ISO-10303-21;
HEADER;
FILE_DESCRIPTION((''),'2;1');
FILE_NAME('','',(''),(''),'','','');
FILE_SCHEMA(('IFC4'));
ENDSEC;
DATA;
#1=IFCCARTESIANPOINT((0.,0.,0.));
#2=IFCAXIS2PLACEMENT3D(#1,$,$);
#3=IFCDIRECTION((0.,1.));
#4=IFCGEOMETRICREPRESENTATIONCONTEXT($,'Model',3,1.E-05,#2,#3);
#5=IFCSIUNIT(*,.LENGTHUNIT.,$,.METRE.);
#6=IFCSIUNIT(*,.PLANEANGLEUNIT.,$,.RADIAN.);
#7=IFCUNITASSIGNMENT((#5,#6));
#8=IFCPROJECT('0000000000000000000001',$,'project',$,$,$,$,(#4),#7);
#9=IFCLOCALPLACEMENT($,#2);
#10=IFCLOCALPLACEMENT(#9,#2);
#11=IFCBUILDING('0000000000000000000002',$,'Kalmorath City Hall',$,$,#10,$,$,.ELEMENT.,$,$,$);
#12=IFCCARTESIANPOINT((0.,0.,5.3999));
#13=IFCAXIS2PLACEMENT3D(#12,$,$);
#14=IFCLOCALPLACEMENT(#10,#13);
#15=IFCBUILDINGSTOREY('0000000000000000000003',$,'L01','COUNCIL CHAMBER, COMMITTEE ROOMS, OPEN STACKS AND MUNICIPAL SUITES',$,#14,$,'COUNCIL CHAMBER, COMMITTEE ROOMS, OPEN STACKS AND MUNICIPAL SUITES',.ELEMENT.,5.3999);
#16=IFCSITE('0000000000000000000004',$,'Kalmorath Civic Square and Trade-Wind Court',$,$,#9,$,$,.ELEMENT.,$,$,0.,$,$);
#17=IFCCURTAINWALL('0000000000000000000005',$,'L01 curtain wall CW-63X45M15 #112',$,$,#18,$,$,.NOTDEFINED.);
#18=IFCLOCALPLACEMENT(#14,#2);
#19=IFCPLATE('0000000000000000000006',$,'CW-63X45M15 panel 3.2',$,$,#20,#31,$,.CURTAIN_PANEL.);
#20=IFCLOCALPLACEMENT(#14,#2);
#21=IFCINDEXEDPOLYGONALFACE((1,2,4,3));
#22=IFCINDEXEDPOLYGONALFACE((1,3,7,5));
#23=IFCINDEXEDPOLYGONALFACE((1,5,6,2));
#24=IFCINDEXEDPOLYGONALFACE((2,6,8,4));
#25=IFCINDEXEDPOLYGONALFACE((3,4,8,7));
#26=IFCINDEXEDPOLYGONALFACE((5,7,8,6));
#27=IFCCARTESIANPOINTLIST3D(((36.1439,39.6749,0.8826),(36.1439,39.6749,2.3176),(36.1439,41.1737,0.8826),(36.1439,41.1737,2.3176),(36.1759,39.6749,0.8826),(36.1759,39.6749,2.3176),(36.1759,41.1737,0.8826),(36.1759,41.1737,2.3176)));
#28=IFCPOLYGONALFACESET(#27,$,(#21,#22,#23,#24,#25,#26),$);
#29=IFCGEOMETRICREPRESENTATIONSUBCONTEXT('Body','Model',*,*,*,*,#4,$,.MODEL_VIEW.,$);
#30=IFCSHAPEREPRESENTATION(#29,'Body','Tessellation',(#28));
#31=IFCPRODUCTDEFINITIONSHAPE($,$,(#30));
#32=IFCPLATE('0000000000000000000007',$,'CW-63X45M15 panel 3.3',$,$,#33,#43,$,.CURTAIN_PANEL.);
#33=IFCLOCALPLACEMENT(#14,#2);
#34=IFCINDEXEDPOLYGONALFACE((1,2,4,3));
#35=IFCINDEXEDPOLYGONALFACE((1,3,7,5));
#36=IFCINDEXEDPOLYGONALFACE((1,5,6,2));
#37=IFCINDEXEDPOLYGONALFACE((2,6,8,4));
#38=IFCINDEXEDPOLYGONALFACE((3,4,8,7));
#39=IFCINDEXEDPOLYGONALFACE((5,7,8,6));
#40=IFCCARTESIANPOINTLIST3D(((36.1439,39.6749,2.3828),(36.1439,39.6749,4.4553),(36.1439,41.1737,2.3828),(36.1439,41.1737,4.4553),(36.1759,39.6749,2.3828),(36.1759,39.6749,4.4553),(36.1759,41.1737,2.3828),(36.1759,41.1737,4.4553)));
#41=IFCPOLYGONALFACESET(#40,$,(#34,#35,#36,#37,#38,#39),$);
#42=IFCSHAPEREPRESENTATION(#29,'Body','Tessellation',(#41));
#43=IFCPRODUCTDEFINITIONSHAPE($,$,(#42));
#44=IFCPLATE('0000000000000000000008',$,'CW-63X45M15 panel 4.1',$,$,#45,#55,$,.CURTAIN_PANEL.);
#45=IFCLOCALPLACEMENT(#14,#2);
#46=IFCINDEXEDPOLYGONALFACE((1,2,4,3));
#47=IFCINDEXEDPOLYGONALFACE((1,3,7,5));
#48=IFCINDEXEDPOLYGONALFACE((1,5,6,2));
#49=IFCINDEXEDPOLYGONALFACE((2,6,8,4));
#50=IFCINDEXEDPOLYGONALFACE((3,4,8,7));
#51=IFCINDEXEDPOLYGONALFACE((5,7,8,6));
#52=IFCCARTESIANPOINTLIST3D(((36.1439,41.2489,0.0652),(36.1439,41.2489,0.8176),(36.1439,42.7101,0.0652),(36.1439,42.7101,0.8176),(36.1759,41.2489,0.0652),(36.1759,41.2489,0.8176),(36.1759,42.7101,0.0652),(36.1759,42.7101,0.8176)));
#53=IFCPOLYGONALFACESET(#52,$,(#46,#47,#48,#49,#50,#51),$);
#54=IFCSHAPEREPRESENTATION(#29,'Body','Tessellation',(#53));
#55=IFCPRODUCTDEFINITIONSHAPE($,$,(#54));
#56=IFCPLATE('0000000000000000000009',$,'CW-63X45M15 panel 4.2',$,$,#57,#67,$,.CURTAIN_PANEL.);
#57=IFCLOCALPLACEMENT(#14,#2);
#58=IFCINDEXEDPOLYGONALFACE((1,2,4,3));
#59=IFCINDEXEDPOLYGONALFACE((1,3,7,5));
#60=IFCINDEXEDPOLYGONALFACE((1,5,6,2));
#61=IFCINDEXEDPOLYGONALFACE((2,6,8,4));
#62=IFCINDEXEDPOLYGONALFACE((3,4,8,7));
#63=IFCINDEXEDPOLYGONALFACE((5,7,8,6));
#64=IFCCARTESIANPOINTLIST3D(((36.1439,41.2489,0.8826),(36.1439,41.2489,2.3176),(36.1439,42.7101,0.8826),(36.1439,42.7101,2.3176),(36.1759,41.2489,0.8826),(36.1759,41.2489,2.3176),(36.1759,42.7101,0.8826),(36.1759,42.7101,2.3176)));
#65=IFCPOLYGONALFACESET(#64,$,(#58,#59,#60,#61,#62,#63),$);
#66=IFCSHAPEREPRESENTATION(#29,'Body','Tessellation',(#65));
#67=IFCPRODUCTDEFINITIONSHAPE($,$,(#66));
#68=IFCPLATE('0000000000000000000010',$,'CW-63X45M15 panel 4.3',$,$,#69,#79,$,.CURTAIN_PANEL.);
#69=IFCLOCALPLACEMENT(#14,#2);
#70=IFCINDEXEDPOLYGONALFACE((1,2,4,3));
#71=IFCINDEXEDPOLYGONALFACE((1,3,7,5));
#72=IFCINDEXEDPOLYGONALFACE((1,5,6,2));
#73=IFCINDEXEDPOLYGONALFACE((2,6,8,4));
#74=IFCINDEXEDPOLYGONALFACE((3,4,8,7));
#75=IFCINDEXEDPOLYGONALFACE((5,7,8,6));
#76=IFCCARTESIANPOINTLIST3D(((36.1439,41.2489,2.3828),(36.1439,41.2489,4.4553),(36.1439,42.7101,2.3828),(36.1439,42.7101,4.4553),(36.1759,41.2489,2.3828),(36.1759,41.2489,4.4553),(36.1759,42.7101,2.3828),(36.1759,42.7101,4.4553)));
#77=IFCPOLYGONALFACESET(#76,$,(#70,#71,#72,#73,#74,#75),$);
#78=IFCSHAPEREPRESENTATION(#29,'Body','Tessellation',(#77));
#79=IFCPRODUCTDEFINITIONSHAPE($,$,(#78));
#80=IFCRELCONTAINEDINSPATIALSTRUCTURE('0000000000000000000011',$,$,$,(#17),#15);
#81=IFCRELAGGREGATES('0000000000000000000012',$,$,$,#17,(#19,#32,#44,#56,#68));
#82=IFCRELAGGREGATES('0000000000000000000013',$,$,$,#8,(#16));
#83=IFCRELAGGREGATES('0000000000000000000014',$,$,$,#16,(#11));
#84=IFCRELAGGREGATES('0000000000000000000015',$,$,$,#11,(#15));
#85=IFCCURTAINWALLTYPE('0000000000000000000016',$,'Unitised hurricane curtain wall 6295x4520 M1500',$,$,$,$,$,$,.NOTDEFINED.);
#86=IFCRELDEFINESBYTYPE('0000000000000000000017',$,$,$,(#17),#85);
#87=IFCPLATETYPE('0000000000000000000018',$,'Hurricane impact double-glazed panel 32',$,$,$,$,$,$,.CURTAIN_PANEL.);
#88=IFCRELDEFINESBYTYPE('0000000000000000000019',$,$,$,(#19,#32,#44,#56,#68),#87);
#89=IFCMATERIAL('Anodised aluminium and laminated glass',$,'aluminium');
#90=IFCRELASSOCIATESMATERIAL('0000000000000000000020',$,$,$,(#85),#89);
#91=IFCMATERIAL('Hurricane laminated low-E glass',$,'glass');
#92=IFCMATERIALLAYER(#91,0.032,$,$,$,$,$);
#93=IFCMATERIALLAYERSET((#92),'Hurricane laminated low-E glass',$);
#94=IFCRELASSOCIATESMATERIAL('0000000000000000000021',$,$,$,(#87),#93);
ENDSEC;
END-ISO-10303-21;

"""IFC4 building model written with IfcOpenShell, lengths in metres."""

from ifc_helpers import new_model, si_unit, direction, frame, origin, origin_2d, place, context, subcontext, project, spatial, rectangle, extrude, material, layer, layer_set, type_object, element, aggregate, save


model = new_model("IFC4")

# Units and contexts
model_context = context("Model", 3, precision=1e-05, world=origin(), true_north=direction((0.0, 1.0)))
body_context = subcontext(model_context, "Body", "Model", "MODEL_VIEW")
ifc_project = project(units=[si_unit("LENGTHUNIT", "METRE"), si_unit("PLANEANGLEUNIT", "RADIAN")], contexts=[model_context])

# Site, building, storey
site_placement = place(None, origin())
site = spatial("IfcSite", under=ifc_project, at=site_placement, Name="Kalmorath Civic Square and Trade-Wind Court", CompositionType="ELEMENT", RefElevation=0.0)
building_placement = place(site_placement, origin())
building = spatial("IfcBuilding", under=site, at=building_placement, Name="Kalmorath City Hall", CompositionType="ELEMENT")
storey_placement = place(building_placement, frame((0.0, 0.0, 5.3999)))
storey = spatial("IfcBuildingStorey", under=building, at=storey_placement, Name="L01", Description="COUNCIL CHAMBER, COMMITTEE ROOMS, OPEN STACKS AND MUNICIPAL SUITES", LongName="COUNCIL CHAMBER, COMMITTEE ROOMS, OPEN STACKS AND MUNICIPAL SUITES", CompositionType="ELEMENT", Elevation=5.3999)

# Curtain wall
ifc_material_1 = material(Name="Anodised aluminium and laminated glass", Category="aluminium")
curtain_wall_type_1 = type_object("IfcCurtainWallType", Name="Unitised hurricane curtain wall 6295x4520 M1500", PredefinedType="NOTDEFINED", material=ifc_material_1)
curtain_wall_1_placement = place(storey_placement, origin())
curtain_wall_1 = element("IfcCurtainWall", 1, at=curtain_wall_1_placement, inside=storey, type_object=curtain_wall_type_1, Name="L01 curtain wall CW-63X45M15 #112", PredefinedType="NOTDEFINED")

# Plates
ifc_material_2 = material(Name="Hurricane laminated low-E glass", Category="glass")
ifc_layer = layer(ifc_material_2, 0.032)
ifc_layer_set = layer_set([ifc_layer], Name="Hurricane laminated low-E glass")
plate_type = type_object("IfcPlateType", Name="Hurricane impact double-glazed panel 32", PredefinedType="CURTAIN_PANEL", material=ifc_layer_set)
plate_1_placement = place(storey_placement, frame((36.1599, 40.4243, 0.8826), z_axis=(0.0, 0.0, 1.0), x_axis=(0.0, 1.0, 0.0)))
plate_1 = element("IfcPlate", 2, at=plate_1_placement, type_object=plate_type, Name="CW-63X45M15 panel 3.2", PredefinedType="CURTAIN_PANEL", context=body_context, shape_type="SweptSolid", body=[
    extrude(rectangle(XDim=1.4988, YDim=0.032, at=origin_2d()), origin(), (0.0, 0.0, 1.0), 1.4351),
])
plate_2_placement = place(storey_placement, frame((36.1599, 40.4243, 2.3828), z_axis=(0.0, 0.0, 1.0), x_axis=(0.0, 1.0, 0.0)))
plate_2 = element("IfcPlate", 3, at=plate_2_placement, type_object=plate_type, Name="CW-63X45M15 panel 3.3", PredefinedType="CURTAIN_PANEL", context=body_context, shape_type="SweptSolid", body=[
    extrude(rectangle(XDim=1.4988, YDim=0.032, at=origin_2d()), origin(), (0.0, 0.0, 1.0), 2.0725),
])
plate_3_placement = place(storey_placement, frame((36.1599, 41.9795, 0.0652), z_axis=(0.0, 0.0, 1.0), x_axis=(0.0, 1.0, 0.0)))
plate_3 = element("IfcPlate", 4, at=plate_3_placement, type_object=plate_type, Name="CW-63X45M15 panel 4.1", PredefinedType="CURTAIN_PANEL", context=body_context, shape_type="SweptSolid", body=[
    extrude(rectangle(XDim=1.4612, YDim=0.032, at=origin_2d()), origin(), (0.0, 0.0, 1.0), 0.7524),
])
plate_4_placement = place(storey_placement, frame((36.1599, 41.9795, 0.8826), z_axis=(0.0, 0.0, 1.0), x_axis=(0.0, 1.0, 0.0)))
plate_4 = element("IfcPlate", 5, at=plate_4_placement, type_object=plate_type, Name="CW-63X45M15 panel 4.2", PredefinedType="CURTAIN_PANEL", context=body_context, shape_type="SweptSolid", body=[
    extrude(rectangle(XDim=1.4612, YDim=0.032, at=origin_2d()), origin(), (0.0, 0.0, 1.0), 1.4351),
])
plate_5_placement = place(storey_placement, frame((36.1599, 41.9795, 2.3828), z_axis=(0.0, 0.0, 1.0), x_axis=(0.0, 1.0, 0.0)))
plate_5 = element("IfcPlate", 6, at=plate_5_placement, type_object=plate_type, Name="CW-63X45M15 panel 4.3", PredefinedType="CURTAIN_PANEL", context=body_context, shape_type="SweptSolid", body=[
    extrude(rectangle(XDim=1.4612, YDim=0.032, at=origin_2d()), origin(), (0.0, 0.0, 1.0), 2.0725),
])
aggregate(curtain_wall_1, [plate_1, plate_2, plate_3, plate_4, plate_5])

save(model, "model.ifc")
